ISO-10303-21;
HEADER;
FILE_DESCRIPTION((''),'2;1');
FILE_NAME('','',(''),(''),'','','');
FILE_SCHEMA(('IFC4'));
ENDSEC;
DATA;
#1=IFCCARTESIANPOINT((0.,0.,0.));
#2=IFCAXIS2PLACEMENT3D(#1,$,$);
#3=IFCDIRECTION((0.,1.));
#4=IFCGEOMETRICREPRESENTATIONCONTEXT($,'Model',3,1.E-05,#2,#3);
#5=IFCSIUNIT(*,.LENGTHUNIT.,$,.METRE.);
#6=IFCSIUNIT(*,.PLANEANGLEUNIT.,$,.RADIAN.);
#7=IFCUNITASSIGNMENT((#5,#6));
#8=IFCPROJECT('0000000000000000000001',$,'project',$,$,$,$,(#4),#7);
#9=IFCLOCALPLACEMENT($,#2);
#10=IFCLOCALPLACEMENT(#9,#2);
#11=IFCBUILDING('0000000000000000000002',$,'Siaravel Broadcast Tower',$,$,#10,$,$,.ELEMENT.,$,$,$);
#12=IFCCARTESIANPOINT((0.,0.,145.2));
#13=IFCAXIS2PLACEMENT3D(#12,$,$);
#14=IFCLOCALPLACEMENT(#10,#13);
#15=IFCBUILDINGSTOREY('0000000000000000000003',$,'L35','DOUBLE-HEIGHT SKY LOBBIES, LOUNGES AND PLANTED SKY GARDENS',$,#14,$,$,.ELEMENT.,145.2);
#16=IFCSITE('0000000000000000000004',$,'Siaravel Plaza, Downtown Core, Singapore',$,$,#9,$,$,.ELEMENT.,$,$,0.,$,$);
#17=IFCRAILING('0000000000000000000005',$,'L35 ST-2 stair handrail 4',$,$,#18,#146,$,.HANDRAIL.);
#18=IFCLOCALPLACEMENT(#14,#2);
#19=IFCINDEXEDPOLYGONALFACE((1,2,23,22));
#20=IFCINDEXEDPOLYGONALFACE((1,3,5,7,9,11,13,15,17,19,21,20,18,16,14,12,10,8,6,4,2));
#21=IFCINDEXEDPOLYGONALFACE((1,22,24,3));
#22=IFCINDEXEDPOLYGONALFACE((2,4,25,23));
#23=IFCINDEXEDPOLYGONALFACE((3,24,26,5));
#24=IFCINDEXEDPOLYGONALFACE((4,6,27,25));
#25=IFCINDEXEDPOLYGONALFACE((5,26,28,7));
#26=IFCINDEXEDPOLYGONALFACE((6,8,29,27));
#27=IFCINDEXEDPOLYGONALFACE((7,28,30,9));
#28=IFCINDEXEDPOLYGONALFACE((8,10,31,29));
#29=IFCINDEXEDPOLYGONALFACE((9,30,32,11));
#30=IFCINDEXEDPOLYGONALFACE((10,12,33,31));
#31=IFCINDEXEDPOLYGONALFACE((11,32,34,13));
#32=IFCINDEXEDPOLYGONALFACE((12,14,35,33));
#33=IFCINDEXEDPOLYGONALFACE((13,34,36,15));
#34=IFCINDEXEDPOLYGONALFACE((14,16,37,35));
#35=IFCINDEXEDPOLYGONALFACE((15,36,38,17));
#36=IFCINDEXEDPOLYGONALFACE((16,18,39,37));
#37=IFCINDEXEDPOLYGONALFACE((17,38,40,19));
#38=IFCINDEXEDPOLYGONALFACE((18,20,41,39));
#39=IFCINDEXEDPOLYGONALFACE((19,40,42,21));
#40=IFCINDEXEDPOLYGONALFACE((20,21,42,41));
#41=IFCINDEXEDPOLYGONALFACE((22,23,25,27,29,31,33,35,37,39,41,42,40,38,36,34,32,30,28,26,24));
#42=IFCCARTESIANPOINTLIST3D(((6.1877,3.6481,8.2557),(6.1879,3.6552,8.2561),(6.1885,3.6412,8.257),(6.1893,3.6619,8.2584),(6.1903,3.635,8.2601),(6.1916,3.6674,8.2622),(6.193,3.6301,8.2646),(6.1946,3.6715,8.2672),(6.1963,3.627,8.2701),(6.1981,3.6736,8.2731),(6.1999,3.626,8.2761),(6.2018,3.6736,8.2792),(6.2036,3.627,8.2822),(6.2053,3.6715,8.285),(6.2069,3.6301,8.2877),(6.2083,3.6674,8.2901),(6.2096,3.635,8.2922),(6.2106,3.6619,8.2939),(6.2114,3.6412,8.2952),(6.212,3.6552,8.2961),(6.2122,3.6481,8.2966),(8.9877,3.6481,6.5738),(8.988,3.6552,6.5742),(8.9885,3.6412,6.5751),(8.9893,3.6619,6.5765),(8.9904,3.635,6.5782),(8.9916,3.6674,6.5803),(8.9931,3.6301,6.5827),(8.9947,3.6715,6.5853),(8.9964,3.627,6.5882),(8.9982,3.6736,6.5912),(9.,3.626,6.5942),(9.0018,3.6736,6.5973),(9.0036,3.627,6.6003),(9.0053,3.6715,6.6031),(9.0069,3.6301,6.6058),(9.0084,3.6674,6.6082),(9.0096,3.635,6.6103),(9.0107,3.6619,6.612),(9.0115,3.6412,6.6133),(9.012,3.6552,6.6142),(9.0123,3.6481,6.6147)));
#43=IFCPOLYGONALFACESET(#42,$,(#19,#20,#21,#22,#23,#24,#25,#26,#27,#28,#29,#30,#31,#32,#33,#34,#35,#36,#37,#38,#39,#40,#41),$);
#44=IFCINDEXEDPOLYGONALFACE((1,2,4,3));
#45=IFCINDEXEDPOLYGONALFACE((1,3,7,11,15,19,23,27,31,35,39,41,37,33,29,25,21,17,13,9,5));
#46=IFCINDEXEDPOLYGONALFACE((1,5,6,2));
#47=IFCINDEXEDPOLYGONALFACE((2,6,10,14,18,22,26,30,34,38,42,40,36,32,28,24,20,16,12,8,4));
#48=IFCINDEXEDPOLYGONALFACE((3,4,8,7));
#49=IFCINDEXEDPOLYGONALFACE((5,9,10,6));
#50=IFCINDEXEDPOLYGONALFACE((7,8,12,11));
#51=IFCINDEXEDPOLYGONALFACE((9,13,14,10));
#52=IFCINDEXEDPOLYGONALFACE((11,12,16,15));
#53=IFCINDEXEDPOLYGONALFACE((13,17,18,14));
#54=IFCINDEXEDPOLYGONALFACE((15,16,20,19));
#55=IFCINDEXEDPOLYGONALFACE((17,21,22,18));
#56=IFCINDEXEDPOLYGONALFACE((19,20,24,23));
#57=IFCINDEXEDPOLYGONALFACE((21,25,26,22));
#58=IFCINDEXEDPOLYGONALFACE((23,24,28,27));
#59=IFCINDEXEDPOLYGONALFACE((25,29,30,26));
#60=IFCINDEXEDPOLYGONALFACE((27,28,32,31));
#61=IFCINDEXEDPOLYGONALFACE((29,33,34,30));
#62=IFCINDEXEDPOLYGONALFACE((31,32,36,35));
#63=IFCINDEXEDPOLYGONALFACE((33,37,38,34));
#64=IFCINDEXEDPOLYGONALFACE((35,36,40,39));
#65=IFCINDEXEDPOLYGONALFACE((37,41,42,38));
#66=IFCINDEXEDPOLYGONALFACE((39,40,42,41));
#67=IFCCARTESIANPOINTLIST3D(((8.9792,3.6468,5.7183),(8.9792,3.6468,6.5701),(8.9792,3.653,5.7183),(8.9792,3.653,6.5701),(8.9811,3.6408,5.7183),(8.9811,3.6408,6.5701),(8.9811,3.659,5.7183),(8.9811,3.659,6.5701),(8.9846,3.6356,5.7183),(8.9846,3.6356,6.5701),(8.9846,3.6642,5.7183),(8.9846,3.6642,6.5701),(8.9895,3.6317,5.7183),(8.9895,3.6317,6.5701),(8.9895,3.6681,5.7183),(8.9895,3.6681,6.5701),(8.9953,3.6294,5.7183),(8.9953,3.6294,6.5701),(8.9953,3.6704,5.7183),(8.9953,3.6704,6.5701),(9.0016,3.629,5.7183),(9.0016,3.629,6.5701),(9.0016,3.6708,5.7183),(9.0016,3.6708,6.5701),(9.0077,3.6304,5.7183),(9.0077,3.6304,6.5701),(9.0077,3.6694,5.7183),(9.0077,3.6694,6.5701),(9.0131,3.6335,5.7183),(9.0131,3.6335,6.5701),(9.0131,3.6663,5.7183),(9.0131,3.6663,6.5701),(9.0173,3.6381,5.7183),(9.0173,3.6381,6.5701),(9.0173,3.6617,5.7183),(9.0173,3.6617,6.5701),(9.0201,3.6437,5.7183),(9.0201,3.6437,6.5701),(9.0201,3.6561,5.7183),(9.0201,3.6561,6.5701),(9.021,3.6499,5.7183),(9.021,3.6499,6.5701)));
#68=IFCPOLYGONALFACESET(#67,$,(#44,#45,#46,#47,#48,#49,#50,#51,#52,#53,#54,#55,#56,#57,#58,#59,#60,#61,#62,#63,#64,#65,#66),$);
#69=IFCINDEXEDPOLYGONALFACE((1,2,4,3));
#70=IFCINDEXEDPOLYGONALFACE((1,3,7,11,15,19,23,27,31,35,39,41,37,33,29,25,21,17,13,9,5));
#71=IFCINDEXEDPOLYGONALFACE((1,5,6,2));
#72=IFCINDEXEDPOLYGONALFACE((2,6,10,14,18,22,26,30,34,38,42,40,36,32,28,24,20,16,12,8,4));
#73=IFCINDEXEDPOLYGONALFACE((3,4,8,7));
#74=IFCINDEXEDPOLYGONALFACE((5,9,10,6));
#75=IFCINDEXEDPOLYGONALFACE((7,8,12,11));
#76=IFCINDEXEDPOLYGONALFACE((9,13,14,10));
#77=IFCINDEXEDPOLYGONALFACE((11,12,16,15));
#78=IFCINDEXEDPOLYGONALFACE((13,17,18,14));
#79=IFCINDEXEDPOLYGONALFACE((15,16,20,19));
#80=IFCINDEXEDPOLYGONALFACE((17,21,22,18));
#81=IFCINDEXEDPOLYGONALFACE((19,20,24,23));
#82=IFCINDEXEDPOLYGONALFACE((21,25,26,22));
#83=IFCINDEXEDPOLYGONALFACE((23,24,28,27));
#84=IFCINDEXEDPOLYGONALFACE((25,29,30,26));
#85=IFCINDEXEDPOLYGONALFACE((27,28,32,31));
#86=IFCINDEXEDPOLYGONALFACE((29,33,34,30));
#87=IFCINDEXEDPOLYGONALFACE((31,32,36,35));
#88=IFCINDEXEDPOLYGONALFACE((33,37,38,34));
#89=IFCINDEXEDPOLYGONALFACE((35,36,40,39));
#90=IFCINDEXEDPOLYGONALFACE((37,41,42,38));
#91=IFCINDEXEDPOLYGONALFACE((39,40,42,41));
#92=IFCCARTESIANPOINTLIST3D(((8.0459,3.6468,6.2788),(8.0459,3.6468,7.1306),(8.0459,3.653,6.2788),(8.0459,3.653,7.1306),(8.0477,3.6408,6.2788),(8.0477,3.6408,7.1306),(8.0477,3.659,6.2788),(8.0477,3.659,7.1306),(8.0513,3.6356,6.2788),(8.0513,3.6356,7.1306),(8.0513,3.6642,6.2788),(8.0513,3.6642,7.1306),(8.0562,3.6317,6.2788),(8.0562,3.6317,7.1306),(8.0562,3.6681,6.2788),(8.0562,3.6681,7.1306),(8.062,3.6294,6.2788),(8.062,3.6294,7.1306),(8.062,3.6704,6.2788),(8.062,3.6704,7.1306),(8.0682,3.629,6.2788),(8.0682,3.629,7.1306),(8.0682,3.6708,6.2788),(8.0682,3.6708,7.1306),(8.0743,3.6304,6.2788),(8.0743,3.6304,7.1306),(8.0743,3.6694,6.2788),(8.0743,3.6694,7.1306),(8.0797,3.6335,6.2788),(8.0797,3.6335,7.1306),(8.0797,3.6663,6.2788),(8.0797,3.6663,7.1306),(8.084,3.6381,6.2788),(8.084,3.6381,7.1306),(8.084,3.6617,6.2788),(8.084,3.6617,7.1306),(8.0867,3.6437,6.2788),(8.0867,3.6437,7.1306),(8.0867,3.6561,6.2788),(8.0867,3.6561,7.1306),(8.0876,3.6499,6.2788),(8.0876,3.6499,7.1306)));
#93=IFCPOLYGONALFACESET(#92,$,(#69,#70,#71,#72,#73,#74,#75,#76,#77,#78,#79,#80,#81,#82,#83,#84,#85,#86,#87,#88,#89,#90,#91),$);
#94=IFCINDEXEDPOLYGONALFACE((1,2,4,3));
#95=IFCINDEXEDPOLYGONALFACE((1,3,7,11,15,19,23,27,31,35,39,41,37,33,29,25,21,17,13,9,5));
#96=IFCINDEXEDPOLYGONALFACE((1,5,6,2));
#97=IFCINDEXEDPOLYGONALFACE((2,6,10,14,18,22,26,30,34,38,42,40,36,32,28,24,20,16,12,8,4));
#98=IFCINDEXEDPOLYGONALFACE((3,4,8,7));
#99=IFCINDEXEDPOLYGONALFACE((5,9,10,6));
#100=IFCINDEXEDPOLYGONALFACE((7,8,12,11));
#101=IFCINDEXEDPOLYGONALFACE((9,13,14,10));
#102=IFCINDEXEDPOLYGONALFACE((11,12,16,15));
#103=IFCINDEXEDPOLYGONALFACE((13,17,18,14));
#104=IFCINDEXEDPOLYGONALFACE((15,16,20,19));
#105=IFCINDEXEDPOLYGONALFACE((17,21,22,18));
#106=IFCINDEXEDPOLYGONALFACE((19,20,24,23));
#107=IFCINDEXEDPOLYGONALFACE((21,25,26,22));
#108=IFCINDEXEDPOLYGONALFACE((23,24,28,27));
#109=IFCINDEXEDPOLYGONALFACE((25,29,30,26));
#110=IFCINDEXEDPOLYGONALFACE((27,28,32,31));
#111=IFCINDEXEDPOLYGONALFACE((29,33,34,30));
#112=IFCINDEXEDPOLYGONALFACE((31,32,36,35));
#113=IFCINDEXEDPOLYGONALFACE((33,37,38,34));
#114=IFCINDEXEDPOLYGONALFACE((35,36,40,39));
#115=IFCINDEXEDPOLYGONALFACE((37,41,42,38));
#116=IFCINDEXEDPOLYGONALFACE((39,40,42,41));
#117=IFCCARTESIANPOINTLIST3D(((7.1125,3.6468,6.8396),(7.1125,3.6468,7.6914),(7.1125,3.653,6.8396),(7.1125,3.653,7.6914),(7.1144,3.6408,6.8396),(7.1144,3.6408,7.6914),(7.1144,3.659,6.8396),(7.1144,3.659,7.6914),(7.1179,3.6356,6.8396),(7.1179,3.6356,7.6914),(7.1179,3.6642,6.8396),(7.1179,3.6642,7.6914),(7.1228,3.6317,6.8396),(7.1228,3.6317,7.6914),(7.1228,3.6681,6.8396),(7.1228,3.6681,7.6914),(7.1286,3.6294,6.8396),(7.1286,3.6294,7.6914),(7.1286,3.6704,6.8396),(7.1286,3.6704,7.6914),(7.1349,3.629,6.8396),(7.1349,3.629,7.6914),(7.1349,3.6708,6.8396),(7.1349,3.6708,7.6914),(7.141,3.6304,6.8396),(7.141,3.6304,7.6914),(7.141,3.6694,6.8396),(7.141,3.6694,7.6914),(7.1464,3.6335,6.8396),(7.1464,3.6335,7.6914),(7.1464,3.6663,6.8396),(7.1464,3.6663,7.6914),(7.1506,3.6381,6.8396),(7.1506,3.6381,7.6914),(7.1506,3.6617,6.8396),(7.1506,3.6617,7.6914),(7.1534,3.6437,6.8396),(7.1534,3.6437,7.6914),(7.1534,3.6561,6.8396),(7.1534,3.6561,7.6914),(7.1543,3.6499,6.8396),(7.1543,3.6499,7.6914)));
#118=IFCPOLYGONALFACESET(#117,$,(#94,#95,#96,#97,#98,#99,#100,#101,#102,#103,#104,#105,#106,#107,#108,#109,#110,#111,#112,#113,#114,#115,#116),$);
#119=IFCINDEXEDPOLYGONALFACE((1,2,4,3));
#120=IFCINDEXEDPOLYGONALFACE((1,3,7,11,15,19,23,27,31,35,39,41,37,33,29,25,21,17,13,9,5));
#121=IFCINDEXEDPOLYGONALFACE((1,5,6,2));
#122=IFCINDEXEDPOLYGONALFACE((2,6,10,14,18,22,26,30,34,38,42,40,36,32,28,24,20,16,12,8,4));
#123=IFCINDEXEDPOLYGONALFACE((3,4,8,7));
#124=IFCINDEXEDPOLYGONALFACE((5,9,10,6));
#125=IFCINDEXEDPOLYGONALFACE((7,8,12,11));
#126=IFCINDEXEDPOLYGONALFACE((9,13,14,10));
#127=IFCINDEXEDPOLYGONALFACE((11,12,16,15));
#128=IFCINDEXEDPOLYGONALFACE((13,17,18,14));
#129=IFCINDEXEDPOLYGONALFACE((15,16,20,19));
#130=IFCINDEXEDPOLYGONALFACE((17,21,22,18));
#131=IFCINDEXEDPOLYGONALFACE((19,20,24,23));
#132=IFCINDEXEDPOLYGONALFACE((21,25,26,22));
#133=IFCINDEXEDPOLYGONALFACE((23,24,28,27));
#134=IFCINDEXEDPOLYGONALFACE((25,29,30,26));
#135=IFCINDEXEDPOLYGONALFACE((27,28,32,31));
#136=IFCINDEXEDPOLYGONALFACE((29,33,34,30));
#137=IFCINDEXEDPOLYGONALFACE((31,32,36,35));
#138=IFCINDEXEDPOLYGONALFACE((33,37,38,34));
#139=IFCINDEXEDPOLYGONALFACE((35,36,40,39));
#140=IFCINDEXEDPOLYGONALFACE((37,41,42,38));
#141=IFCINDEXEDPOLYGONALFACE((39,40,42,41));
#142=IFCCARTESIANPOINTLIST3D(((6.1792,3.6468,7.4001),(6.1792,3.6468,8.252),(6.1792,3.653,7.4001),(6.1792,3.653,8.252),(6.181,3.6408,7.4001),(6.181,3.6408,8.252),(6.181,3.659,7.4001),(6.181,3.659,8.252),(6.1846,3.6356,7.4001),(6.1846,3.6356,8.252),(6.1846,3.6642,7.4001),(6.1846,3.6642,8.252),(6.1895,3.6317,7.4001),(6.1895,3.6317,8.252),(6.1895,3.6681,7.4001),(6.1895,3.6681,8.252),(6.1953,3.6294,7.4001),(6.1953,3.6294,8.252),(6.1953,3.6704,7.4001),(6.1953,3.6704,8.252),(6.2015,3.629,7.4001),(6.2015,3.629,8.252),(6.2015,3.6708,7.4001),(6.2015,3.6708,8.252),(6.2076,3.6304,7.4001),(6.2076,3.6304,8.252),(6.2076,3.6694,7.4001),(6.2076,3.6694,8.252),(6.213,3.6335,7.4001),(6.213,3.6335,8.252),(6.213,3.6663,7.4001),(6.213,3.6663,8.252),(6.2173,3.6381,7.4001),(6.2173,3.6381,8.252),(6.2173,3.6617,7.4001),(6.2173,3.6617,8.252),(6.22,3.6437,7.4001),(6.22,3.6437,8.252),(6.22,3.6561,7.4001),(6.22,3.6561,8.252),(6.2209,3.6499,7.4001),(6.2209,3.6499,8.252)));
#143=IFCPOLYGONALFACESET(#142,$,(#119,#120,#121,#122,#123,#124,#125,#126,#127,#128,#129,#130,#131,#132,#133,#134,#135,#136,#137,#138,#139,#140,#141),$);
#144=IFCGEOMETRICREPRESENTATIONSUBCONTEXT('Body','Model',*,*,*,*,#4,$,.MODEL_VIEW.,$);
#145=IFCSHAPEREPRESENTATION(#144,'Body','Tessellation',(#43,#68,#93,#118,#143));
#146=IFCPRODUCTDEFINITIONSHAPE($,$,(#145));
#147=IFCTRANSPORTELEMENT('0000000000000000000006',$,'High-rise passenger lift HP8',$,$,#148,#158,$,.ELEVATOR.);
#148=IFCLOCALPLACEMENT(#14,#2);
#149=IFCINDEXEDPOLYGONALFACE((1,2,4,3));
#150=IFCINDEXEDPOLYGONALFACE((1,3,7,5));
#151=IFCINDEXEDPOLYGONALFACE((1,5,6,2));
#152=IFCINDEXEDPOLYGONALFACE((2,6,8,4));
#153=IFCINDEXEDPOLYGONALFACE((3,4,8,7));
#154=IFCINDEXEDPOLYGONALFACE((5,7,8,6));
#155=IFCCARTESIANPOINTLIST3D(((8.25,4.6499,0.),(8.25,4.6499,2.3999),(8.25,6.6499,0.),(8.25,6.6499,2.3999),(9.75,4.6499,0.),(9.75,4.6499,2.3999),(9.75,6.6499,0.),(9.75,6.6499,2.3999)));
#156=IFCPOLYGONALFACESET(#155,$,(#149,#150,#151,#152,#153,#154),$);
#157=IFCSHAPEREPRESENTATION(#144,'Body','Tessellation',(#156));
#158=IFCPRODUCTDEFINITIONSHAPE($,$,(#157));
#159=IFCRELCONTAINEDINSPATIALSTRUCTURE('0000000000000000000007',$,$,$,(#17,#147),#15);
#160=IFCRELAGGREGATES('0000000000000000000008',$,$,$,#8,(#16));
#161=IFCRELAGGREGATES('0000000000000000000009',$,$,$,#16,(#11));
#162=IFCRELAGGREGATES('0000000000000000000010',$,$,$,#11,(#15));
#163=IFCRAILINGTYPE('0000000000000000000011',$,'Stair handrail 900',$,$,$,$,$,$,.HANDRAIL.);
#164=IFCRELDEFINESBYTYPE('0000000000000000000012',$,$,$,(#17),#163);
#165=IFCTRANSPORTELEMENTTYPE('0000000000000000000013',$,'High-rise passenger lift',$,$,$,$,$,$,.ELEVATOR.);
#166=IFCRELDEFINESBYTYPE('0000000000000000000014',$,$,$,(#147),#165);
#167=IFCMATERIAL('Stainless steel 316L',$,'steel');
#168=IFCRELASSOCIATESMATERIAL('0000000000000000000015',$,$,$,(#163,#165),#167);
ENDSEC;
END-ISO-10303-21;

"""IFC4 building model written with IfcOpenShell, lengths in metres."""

from ifc_helpers import new_model, si_unit, direction, frame, origin, origin_2d, place, context, subcontext, project, spatial, rectangle, circle, extrude, material, type_object, element, save


model = new_model("IFC4")

# Units and contexts
model_context = context("Model", 3, precision=1e-05, world=origin(), true_north=direction((0.0, 1.0)))
body_context = subcontext(model_context, "Body", "Model", "MODEL_VIEW")
ifc_project = project(units=[si_unit("LENGTHUNIT", "METRE"), si_unit("PLANEANGLEUNIT", "RADIAN")], contexts=[model_context])

# Site, building, storey
site_placement = place(None, origin())
site = spatial("IfcSite", under=ifc_project, at=site_placement, Name="Siaravel Plaza, Downtown Core, Singapore", CompositionType="ELEMENT", RefElevation=0.0)
building_placement = place(site_placement, origin())
building = spatial("IfcBuilding", under=site, at=building_placement, Name="Siaravel Broadcast Tower", CompositionType="ELEMENT")
storey_placement = place(building_placement, frame((0.0, 0.0, 145.2)))
storey = spatial("IfcBuildingStorey", under=building, at=storey_placement, Name="L35", Description="DOUBLE-HEIGHT SKY LOBBIES, LOUNGES AND PLANTED SKY GARDENS", CompositionType="ELEMENT", Elevation=145.2)

# Railing
ifc_material_1 = material(Name="Stainless steel 316L", Category="steel")
railing_type_1 = type_object("IfcRailingType", Name="Stair handrail 900", PredefinedType="HANDRAIL", material=ifc_material_1)
railing_1_placement = place(storey_placement, frame((9.0, 3.6499, 5.7183)))
element("IfcRailing", 1, at=railing_1_placement, inside=storey, type_object=railing_type_1, Name="L35 ST-2 stair handrail 4", PredefinedType="HANDRAIL", context=body_context, shape_type="SweptSolid", body=[
    extrude(circle(Radius=0.0239, at=origin_2d()), frame((0.0, 0.0, 0.876), z_axis=(-0.857242, 0.0, 0.514913), x_axis=(0.0, -1.0, 0.0)), (0.0, 0.0, 1.0), 3.2664),
    extrude(circle(Radius=0.021, at=origin_2d()), origin(), (0.0, 0.0, 1.0), 0.8518),
    extrude(circle(Radius=0.021, at=origin_2d()), frame((-0.9333, 0.0, 0.5605)), (0.0, 0.0, 1.0), 0.8518),
    extrude(circle(Radius=0.021, at=origin_2d()), frame((-1.8667, 0.0, 1.1213)), (0.0, 0.0, 1.0), 0.8518),
    extrude(circle(Radius=0.021, at=origin_2d()), frame((-2.8, 0.0, 1.6819)), (0.0, 0.0, 1.0), 0.8518),
])

# Transport element
transport_element_type = type_object("IfcTransportElementType", Name="High-rise passenger lift", PredefinedType="ELEVATOR", material=ifc_material_1)
transport_element_placement = place(storey_placement, frame((9.0, 5.6499, 0.0), z_axis=(0.0, 0.0, 1.0), x_axis=(1.0, 0.0, 0.0)))
element("IfcTransportElement", 2, at=transport_element_placement, inside=storey, type_object=transport_element_type, Name="High-rise passenger lift HP8", PredefinedType="ELEVATOR", context=body_context, shape_type="SweptSolid", body=[
    extrude(rectangle(XDim=1.5, YDim=2.0, at=origin_2d()), origin(), (0.0, 0.0, 1.0), 2.3999),
])

save(model, "model.ifc")
